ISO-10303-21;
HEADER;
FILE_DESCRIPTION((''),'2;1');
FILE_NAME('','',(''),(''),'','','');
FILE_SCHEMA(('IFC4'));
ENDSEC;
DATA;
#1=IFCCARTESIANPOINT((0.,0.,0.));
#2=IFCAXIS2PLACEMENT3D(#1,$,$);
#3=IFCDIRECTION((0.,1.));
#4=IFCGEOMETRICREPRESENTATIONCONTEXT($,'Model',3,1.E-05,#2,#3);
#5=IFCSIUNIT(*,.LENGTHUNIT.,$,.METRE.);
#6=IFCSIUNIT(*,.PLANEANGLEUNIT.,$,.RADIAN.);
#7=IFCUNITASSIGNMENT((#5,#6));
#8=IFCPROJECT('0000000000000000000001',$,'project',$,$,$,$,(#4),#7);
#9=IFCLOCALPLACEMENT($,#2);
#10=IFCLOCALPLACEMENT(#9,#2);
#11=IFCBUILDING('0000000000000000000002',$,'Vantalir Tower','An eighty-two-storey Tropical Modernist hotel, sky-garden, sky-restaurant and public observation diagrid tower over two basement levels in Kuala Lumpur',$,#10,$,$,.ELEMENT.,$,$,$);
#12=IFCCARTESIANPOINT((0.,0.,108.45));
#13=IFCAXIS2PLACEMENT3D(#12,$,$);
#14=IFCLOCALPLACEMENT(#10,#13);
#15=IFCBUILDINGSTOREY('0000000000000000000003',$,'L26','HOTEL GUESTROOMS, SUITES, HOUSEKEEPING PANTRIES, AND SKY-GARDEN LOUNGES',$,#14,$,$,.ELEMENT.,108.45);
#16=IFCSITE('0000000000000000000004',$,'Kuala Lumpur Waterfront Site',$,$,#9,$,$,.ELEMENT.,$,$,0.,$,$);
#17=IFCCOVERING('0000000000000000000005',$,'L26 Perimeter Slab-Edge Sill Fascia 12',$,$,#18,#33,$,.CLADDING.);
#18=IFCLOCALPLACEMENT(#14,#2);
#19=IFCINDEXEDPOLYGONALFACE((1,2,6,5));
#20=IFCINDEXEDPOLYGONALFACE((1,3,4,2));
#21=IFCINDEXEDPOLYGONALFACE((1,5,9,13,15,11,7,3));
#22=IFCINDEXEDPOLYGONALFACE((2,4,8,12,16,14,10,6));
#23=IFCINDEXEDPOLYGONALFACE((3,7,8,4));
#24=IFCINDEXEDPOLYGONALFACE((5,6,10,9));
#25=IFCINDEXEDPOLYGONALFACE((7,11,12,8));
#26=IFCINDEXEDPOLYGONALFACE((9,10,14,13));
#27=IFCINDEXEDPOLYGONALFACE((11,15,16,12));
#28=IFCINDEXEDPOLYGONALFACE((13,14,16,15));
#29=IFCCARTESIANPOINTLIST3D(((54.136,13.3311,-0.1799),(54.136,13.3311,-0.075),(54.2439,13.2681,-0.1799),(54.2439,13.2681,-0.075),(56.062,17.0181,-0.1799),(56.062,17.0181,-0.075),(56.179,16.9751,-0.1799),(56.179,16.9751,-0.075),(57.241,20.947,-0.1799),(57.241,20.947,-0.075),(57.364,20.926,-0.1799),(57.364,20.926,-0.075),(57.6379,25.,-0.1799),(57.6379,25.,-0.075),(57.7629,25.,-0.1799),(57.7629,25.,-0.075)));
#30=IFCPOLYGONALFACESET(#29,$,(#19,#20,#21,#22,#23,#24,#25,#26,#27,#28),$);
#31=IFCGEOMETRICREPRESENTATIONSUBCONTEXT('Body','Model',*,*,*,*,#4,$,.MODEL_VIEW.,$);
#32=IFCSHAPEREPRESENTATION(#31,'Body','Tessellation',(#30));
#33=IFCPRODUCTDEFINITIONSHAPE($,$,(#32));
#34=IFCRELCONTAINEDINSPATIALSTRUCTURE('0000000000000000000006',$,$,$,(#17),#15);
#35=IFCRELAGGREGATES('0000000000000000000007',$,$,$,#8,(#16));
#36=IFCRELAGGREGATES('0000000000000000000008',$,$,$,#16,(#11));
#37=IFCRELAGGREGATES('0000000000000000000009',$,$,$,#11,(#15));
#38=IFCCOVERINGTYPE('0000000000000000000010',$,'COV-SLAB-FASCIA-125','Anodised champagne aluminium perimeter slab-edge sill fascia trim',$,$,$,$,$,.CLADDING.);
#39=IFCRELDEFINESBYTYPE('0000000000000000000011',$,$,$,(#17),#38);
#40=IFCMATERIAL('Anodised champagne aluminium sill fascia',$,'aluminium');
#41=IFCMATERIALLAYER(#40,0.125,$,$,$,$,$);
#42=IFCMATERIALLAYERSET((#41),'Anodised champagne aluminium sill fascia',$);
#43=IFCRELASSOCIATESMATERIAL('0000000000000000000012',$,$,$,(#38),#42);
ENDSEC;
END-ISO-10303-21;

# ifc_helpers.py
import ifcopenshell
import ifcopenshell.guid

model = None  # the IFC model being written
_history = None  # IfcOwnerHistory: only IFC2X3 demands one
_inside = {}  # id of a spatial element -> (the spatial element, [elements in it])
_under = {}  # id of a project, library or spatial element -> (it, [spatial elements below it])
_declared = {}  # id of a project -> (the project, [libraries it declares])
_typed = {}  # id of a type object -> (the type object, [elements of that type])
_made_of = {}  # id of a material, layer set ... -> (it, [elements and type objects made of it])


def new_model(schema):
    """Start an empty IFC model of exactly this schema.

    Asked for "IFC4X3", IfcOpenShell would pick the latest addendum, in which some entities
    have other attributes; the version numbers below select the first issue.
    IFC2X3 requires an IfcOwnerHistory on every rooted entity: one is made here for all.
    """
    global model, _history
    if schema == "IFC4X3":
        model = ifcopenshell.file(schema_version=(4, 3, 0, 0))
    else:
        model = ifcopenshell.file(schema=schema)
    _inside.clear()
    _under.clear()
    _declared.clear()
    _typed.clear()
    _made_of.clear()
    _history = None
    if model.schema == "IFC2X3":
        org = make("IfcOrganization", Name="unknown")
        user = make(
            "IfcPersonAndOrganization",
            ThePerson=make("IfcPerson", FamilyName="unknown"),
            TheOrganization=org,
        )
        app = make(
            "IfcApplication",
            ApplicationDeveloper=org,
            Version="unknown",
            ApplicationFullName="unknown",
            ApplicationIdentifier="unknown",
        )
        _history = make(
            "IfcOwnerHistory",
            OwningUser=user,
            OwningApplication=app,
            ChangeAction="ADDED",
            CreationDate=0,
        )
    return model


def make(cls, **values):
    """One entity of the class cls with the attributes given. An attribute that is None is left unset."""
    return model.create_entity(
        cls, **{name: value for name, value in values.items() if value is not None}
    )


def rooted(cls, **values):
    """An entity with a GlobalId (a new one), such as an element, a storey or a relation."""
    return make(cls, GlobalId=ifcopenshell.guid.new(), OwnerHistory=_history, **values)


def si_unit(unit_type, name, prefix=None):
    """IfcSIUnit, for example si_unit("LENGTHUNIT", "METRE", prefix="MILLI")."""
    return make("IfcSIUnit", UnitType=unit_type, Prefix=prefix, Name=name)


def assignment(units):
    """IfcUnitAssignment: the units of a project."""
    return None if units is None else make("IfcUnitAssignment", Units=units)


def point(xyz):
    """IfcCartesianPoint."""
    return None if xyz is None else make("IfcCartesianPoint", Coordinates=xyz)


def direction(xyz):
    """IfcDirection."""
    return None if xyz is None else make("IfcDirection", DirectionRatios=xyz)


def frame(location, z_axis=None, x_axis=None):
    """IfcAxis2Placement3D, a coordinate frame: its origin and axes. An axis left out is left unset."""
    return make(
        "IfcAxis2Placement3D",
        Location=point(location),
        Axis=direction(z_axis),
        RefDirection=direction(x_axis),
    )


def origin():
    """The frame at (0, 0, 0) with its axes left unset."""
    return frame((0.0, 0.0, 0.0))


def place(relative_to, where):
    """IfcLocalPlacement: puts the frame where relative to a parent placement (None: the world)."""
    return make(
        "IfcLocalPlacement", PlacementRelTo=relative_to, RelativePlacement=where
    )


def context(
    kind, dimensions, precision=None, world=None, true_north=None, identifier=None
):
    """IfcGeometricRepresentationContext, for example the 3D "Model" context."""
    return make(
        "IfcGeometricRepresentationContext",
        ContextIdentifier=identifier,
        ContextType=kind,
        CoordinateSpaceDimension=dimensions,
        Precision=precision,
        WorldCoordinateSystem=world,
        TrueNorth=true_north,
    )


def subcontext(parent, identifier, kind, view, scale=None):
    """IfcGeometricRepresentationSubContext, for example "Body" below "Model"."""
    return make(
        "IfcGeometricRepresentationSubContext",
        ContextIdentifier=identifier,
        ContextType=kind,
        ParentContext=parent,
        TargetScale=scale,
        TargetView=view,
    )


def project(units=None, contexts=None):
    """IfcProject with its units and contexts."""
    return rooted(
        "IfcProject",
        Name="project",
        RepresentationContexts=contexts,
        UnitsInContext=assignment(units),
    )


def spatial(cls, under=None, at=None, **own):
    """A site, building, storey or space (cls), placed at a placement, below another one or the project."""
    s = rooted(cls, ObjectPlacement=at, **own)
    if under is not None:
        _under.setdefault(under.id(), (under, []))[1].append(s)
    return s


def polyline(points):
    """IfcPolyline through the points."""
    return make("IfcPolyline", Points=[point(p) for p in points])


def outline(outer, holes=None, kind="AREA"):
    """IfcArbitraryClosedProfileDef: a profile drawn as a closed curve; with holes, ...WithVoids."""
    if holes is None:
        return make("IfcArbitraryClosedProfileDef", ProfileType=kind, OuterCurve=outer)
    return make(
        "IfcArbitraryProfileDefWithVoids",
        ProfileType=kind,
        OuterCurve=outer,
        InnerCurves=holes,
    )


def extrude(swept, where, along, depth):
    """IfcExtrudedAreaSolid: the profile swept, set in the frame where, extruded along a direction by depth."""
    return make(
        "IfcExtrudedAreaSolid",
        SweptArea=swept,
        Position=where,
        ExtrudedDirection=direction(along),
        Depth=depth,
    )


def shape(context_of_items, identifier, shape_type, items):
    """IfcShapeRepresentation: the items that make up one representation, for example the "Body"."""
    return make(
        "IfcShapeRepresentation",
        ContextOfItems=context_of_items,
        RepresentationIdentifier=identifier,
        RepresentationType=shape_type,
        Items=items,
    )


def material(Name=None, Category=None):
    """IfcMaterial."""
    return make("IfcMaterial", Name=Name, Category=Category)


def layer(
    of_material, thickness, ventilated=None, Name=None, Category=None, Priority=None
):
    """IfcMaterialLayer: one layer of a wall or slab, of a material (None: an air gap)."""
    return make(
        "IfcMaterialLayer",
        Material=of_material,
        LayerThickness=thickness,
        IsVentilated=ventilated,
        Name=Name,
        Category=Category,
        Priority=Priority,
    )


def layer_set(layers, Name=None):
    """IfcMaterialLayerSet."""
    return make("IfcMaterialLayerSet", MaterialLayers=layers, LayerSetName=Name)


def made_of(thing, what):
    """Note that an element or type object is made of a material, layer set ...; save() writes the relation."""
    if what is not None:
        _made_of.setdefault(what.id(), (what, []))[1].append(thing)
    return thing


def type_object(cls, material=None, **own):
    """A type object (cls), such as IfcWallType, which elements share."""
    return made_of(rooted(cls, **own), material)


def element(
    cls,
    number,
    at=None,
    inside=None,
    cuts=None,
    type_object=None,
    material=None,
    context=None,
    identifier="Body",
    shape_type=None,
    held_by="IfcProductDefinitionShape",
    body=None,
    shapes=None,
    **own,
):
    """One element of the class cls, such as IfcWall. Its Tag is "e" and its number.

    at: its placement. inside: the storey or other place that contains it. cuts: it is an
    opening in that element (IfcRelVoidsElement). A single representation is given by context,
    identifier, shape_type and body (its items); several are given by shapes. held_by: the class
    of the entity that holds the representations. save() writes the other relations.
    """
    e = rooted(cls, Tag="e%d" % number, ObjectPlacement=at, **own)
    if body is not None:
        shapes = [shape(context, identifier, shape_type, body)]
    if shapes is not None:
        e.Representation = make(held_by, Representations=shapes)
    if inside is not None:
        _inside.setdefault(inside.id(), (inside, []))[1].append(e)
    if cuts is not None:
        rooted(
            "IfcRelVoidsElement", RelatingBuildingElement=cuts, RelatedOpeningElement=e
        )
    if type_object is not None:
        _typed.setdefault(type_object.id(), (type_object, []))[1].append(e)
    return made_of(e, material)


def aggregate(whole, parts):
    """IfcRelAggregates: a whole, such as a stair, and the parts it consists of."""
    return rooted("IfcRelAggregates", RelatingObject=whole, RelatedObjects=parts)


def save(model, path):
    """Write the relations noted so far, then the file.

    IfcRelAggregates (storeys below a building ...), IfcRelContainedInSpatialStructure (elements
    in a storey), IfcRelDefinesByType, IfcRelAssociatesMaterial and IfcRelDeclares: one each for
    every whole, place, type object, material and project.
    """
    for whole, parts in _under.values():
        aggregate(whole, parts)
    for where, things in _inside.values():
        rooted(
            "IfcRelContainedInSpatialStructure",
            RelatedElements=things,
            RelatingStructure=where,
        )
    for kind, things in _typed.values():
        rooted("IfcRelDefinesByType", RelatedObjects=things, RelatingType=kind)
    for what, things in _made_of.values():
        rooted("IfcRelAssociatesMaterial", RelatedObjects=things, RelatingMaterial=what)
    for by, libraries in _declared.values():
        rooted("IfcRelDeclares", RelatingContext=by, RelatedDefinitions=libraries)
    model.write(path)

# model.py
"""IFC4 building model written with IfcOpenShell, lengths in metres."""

from ifc_helpers import new_model, si_unit, direction, frame, origin, place, context, subcontext, project, spatial, polyline, outline, extrude, material, layer, layer_set, type_object, element, save


model = new_model("IFC4")

# Units and contexts
model_context = context("Model", 3, precision=1e-05, world=origin(), true_north=direction((0.0, 1.0)))
body_context = subcontext(model_context, "Body", "Model", "MODEL_VIEW")
ifc_project = project(units=[si_unit("LENGTHUNIT", "METRE"), si_unit("PLANEANGLEUNIT", "RADIAN")], contexts=[model_context])

# Site, building, storey
site_placement = place(None, origin())
site = spatial("IfcSite", under=ifc_project, at=site_placement, Name="Kuala Lumpur Waterfront Site", CompositionType="ELEMENT", RefElevation=0.0)
building_placement = place(site_placement, origin())
building = spatial("IfcBuilding", under=site, at=building_placement, Name="Vantalir Tower", Description="An eighty-two-storey Tropical Modernist hotel, sky-garden, sky-restaurant and public observation diagrid tower over two basement levels in Kuala Lumpur", CompositionType="ELEMENT")
storey_placement = place(building_placement, frame((0.0, 0.0, 108.45)))
storey = spatial("IfcBuildingStorey", under=building, at=storey_placement, Name="L26", Description="HOTEL GUESTROOMS, SUITES, HOUSEKEEPING PANTRIES, AND SKY-GARDEN LOUNGES", CompositionType="ELEMENT", Elevation=108.45)

# Covering
ifc_material_1 = material(Name="Anodised champagne aluminium sill fascia", Category="aluminium")
ifc_layer_1 = layer(ifc_material_1, 0.125)
ifc_layer_set_1 = layer_set([ifc_layer_1], Name="Anodised champagne aluminium sill fascia")
covering_type = type_object("IfcCoveringType", Name="COV-SLAB-FASCIA-125", Description="Anodised champagne aluminium perimeter slab-edge sill fascia trim", PredefinedType="CLADDING", material=ifc_layer_set_1)
covering_1_placement = place(storey_placement, frame((0.0, 0.0, -0.1799)))
element("IfcCovering", 1, at=covering_1_placement, inside=storey, type_object=covering_type, Name="L26 Perimeter Slab-Edge Sill Fascia 12", PredefinedType="CLADDING", context=body_context, shape_type="SweptSolid", body=[
    extrude(outline(polyline([(54.2439, 13.2681), (56.179, 16.9751), (57.364, 20.926), (57.7629, 25.0), (57.6379, 25.0), (57.241, 20.947), (56.062, 17.0181), (54.136, 13.3311), (54.2439, 13.2681)])), origin(), (0.0, 0.0, 1.0), 0.105),
])

save(model, "model.ifc")
